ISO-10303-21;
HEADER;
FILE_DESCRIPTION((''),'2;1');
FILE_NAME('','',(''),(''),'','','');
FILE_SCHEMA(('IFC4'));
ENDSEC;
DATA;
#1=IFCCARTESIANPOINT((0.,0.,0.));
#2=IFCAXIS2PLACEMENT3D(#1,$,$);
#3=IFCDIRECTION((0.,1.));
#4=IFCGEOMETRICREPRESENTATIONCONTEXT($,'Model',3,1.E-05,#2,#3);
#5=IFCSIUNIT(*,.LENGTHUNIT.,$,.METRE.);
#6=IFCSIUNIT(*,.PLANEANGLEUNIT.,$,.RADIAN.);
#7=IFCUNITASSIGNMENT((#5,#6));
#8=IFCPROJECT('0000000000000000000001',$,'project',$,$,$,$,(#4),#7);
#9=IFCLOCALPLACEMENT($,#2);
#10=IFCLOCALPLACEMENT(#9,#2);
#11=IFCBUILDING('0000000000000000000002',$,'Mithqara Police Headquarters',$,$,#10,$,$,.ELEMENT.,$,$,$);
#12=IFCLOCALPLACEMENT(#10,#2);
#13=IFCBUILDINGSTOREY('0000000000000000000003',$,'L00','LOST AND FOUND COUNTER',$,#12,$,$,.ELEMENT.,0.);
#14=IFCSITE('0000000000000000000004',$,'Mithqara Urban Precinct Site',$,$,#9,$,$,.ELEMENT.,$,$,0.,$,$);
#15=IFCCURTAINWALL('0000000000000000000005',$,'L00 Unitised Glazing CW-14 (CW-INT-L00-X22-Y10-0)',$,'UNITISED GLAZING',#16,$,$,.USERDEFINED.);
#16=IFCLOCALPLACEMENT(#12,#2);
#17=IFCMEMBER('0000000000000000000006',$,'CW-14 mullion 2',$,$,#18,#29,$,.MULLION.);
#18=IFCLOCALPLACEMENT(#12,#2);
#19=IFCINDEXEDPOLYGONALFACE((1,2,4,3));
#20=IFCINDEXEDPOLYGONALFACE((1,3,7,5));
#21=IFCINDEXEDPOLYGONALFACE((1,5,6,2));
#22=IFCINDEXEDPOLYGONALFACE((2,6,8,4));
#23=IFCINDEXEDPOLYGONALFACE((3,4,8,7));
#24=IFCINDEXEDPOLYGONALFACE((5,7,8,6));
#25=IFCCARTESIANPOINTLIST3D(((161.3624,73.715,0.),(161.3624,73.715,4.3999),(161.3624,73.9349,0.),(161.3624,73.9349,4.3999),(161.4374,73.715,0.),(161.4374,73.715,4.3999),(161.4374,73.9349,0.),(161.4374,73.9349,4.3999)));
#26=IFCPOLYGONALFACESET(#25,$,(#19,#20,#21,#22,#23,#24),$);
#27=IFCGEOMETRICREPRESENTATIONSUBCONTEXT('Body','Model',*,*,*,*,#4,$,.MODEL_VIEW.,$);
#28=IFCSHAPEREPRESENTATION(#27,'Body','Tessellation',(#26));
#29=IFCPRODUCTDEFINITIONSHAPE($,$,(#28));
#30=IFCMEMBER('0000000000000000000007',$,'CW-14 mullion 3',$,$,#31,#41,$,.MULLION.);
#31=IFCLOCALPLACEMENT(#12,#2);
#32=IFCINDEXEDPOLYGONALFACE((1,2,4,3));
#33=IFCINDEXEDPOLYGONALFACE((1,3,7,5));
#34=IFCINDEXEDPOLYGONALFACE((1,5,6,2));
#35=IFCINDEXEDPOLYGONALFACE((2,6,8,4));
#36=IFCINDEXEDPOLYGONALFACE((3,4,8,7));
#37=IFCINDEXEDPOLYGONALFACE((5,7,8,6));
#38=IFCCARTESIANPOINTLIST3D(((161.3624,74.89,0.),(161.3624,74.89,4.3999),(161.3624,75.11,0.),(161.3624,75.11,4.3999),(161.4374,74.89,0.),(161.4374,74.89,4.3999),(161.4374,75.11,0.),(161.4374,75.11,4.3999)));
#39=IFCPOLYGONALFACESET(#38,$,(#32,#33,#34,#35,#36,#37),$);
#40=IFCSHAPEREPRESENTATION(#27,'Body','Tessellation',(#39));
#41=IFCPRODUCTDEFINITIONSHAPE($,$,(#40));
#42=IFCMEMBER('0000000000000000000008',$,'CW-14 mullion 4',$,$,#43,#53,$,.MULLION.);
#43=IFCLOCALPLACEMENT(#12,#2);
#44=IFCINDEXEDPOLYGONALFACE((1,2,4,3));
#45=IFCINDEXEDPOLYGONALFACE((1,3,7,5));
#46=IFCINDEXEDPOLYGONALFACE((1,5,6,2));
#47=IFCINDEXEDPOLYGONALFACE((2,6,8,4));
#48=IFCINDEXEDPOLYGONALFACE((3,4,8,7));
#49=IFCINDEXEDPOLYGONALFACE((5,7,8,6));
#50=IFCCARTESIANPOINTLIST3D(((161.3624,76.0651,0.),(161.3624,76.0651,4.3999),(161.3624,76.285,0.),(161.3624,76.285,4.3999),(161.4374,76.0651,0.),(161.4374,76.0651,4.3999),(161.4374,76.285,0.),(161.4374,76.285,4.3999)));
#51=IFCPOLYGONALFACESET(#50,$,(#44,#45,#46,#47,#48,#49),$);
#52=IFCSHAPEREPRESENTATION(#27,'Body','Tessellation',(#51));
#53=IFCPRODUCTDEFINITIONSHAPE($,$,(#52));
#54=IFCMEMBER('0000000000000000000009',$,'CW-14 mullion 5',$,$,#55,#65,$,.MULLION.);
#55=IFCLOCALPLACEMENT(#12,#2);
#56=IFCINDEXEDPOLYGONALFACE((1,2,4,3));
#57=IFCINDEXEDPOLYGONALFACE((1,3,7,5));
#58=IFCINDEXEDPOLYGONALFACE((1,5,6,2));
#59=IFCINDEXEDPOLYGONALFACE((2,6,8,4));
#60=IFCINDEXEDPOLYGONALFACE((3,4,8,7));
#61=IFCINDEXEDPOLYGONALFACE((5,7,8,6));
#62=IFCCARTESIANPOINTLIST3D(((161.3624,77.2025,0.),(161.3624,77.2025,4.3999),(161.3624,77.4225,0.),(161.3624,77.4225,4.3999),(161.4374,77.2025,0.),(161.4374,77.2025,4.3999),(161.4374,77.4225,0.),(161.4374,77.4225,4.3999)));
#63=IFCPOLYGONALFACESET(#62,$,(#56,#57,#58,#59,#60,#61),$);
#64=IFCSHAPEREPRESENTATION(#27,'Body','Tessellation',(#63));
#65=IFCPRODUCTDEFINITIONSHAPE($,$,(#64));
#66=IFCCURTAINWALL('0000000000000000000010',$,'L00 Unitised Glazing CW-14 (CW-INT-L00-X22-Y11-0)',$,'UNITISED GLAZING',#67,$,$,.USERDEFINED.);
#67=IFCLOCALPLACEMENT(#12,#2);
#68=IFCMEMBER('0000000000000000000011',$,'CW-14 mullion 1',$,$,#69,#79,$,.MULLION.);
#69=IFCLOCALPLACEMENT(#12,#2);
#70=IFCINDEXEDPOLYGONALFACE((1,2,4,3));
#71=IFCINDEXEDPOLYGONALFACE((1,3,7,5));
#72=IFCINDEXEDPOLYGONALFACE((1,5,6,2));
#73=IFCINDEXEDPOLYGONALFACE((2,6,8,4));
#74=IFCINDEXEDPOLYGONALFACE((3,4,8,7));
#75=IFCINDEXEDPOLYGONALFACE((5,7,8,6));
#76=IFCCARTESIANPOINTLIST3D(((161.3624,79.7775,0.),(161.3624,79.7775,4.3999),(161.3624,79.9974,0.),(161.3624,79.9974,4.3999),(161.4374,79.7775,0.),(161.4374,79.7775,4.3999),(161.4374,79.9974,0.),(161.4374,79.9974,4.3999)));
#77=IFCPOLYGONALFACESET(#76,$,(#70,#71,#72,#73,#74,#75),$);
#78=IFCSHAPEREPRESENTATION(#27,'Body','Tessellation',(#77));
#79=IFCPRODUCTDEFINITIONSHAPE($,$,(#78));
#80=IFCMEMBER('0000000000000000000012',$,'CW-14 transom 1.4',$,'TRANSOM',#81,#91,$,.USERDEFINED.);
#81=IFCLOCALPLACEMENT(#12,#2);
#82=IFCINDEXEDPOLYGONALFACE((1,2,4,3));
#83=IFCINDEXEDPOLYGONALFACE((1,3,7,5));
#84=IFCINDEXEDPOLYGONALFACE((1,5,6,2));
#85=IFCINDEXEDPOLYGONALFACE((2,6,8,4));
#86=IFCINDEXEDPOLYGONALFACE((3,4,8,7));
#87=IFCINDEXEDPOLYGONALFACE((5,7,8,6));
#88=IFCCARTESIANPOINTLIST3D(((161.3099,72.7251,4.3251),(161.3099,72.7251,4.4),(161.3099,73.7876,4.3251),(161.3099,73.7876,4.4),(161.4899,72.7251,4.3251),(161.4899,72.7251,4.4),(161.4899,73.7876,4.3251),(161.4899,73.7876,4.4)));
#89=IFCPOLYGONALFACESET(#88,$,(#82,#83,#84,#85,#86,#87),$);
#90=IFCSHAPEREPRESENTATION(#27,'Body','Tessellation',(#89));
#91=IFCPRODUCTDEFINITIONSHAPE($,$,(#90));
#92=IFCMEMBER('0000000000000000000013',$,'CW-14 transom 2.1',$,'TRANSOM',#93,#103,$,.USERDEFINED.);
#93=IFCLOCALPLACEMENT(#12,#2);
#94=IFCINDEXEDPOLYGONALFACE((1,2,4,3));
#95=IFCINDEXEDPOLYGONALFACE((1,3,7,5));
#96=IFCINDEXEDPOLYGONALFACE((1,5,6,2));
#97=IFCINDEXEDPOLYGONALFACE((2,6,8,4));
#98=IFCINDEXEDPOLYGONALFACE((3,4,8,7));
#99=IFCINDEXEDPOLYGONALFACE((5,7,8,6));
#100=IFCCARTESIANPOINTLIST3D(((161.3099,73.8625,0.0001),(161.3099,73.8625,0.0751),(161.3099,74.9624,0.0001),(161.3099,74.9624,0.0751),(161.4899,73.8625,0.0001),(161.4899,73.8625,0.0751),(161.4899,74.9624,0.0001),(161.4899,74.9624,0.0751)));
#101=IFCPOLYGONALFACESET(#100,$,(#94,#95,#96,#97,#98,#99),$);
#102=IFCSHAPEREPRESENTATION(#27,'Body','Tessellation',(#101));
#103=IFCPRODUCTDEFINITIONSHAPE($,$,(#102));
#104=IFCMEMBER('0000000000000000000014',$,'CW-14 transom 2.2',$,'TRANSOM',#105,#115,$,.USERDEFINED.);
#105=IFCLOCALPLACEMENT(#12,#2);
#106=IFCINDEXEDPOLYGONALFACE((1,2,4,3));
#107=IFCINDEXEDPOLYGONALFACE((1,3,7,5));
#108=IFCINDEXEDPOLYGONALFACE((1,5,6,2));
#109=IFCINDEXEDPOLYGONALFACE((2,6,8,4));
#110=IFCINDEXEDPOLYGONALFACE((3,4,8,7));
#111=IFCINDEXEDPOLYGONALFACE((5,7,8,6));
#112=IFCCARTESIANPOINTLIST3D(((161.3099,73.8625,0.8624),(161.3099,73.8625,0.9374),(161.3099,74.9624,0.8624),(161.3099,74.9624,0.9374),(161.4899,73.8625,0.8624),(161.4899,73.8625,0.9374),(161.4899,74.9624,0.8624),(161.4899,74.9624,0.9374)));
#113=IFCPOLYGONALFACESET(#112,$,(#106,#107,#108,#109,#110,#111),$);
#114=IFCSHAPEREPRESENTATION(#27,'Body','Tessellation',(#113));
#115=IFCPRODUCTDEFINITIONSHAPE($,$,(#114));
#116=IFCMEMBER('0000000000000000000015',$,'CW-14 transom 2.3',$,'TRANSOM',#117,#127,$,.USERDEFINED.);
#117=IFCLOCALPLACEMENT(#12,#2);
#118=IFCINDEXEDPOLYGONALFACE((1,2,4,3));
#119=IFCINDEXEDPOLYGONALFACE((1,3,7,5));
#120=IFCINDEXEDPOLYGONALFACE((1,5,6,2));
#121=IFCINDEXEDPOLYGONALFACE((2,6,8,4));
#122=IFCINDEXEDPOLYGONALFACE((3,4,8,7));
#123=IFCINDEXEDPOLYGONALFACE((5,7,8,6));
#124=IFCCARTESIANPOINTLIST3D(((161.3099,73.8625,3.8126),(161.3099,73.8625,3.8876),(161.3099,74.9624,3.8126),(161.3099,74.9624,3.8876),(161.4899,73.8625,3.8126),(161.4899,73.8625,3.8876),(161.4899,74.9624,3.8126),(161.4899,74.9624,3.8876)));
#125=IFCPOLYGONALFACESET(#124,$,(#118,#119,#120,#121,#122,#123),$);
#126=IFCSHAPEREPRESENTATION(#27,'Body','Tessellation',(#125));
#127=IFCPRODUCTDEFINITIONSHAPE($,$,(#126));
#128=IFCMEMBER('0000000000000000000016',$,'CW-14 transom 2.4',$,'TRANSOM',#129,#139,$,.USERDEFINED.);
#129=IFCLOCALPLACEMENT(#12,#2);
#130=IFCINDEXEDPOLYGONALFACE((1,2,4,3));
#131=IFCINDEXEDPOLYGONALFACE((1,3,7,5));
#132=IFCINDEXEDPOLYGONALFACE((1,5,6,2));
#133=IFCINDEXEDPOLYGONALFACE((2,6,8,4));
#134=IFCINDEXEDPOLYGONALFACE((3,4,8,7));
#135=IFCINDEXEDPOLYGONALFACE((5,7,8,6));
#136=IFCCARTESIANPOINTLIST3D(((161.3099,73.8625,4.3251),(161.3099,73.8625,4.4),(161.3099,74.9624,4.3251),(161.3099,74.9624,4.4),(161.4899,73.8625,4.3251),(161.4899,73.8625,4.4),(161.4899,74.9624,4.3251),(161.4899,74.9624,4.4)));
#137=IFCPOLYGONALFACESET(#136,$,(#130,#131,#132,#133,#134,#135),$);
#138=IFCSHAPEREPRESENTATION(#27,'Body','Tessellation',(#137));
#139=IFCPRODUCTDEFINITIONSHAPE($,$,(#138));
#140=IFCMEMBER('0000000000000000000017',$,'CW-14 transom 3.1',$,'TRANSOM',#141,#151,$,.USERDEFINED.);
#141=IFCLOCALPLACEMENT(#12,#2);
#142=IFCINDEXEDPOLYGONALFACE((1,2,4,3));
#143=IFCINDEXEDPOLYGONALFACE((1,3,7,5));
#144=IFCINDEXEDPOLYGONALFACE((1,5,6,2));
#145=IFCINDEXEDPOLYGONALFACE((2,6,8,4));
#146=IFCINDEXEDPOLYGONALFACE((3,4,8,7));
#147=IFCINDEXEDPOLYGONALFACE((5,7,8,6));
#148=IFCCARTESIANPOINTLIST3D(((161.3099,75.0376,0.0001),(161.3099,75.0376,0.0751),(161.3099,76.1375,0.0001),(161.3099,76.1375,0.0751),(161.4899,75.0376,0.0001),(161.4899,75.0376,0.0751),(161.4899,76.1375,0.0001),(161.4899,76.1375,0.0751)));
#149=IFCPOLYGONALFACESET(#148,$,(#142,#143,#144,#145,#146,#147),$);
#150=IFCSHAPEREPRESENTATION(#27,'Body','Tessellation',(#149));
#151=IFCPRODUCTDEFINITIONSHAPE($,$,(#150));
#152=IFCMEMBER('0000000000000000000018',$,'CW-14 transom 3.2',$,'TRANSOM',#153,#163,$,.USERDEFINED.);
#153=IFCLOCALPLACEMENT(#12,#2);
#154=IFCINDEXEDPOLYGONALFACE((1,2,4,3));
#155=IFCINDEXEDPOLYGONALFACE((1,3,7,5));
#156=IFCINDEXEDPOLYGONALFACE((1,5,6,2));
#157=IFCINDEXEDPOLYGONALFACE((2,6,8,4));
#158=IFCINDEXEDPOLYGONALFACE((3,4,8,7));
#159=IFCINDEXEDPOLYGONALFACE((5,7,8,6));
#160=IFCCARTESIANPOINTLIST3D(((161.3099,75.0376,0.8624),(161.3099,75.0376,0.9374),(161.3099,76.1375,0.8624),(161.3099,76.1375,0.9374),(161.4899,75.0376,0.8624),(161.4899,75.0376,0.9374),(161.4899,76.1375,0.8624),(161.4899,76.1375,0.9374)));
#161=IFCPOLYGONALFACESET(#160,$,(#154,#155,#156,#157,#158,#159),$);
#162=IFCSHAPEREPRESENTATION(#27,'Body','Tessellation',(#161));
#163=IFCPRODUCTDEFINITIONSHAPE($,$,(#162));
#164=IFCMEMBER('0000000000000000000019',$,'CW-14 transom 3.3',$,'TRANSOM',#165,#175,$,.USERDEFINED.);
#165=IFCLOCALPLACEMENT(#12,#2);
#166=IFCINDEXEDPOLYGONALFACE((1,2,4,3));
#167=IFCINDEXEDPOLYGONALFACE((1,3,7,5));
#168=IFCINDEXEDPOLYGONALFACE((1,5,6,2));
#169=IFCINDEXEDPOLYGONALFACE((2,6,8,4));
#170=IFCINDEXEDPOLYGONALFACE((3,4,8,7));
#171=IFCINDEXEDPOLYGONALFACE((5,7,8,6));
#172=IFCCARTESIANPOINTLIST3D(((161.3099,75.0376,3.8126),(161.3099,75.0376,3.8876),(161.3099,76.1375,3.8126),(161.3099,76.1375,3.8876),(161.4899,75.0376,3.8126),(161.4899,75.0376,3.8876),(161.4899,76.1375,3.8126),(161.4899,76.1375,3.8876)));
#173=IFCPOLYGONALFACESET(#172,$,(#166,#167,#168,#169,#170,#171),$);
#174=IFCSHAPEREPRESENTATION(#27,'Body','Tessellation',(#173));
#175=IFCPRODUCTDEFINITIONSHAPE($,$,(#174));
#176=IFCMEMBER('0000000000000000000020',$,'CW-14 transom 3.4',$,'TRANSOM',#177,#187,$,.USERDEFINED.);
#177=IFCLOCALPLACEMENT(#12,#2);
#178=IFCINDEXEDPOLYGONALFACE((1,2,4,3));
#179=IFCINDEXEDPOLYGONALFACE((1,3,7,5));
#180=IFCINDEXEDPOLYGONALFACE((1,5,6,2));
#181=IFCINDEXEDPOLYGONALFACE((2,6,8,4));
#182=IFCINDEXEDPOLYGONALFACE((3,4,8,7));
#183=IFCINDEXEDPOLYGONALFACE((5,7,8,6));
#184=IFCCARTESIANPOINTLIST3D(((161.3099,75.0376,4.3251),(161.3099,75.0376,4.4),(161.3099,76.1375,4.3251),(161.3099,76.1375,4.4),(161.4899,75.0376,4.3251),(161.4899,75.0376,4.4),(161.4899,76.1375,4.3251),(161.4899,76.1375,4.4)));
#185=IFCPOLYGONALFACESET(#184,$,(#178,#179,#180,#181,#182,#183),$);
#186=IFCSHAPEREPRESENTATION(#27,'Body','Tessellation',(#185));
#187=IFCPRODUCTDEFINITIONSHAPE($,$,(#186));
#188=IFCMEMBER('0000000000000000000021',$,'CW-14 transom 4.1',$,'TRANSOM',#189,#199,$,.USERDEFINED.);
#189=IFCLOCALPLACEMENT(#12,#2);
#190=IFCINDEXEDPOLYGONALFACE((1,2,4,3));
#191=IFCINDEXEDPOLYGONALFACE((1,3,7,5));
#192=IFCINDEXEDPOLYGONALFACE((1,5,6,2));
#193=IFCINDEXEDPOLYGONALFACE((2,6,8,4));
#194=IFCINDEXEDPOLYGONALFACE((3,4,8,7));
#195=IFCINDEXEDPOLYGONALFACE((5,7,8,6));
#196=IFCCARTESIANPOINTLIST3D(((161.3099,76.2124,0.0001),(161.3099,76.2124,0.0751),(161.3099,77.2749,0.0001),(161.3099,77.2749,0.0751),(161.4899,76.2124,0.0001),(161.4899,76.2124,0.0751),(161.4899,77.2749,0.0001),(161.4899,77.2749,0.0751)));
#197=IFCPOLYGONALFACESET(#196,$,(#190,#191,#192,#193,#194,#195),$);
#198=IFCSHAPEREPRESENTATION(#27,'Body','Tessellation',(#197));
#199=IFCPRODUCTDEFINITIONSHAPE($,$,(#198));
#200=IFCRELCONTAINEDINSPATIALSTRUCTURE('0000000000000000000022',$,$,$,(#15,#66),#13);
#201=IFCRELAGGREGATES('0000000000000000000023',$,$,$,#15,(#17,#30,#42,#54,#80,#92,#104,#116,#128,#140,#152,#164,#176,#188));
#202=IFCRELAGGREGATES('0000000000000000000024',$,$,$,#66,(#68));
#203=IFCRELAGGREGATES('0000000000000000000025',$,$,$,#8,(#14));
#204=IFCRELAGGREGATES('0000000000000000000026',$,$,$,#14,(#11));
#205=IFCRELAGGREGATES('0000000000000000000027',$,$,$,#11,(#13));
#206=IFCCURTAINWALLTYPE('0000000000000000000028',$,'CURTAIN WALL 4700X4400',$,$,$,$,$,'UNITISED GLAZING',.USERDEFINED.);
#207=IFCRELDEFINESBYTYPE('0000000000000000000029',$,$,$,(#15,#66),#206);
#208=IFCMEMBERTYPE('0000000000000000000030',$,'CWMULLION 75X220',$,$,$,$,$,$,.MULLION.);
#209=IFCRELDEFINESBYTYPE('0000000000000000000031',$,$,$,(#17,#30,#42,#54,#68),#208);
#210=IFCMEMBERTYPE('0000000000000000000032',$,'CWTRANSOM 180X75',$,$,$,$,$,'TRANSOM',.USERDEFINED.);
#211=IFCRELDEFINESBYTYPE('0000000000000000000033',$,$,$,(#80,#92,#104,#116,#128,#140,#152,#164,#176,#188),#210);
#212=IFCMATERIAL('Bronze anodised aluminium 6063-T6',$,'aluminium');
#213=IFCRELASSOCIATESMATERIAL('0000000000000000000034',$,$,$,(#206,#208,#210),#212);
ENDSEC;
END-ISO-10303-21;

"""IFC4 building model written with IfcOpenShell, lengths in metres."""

from ifc_helpers import new_model, si_unit, direction, frame, origin, origin_2d, place, context, subcontext, project, spatial, rectangle, extrude, material, material_profile, profile_set, type_object, element, aggregate, save


model = new_model("IFC4")

# Units and contexts
model_context = context("Model", 3, precision=1e-05, world=origin(), true_north=direction((0.0, 1.0)))
body_context = subcontext(model_context, "Body", "Model", "MODEL_VIEW")
ifc_project = project(units=[si_unit("LENGTHUNIT", "METRE"), si_unit("PLANEANGLEUNIT", "RADIAN")], contexts=[model_context])

# Site, building, storey
site_placement = place(None, origin())
site = spatial("IfcSite", under=ifc_project, at=site_placement, Name="Mithqara Urban Precinct Site", CompositionType="ELEMENT", RefElevation=0.0)
building_placement = place(site_placement, origin())
building = spatial("IfcBuilding", under=site, at=building_placement, Name="Mithqara Police Headquarters", CompositionType="ELEMENT")
storey_placement = place(building_placement, origin())
storey = spatial("IfcBuildingStorey", under=building, at=storey_placement, Name="L00", Description="LOST AND FOUND COUNTER", CompositionType="ELEMENT", Elevation=0.0)

# Curtain wall, members
ifc_material_1 = material(Name="Bronze anodised aluminium 6063-T6", Category="aluminium")
curtain_wall_type = type_object("IfcCurtainWallType", Name="CURTAIN WALL 4700X4400", ElementType="UNITISED GLAZING", PredefinedType="USERDEFINED", material=ifc_material_1)
curtain_wall_1_placement = place(storey_placement, origin())
curtain_wall_1 = element("IfcCurtainWall", 1, at=curtain_wall_1_placement, inside=storey, type_object=curtain_wall_type, Name="L00 Unitised Glazing CW-14 (CW-INT-L00-X22-Y10-0)", ObjectType="UNITISED GLAZING", PredefinedType="USERDEFINED")
ifc_material_profile_1 = material_profile(ifc_material_1, rectangle(XDim=0.075, YDim=0.22, at=origin_2d()), Name="CWM 75x220")
ifc_profile_set_1 = profile_set([ifc_material_profile_1], Name="Bronze anodised aluminium 6063-T6")
member_type_1 = type_object("IfcMemberType", Name="CWMULLION 75X220", PredefinedType="MULLION", material=ifc_profile_set_1)
member_1_placement = place(storey_placement, frame((161.3999, 73.825, 0.0), z_axis=(0.0, 0.0, 1.0), x_axis=(-1.0, 0.0, 0.0)))
member_1 = element("IfcMember", 2, at=member_1_placement, type_object=member_type_1, Name="CW-14 mullion 2", PredefinedType="MULLION", context=body_context, shape_type="SweptSolid", body=[
    extrude(rectangle(XDim=0.075, YDim=0.22, at=origin_2d()), origin(), (0.0, 0.0, 1.0), 4.3999),
])
member_2_placement = place(storey_placement, frame((161.3999, 75.0, 0.0), z_axis=(0.0, 0.0, 1.0), x_axis=(-1.0, 0.0, 0.0)))
member_2 = element("IfcMember", 3, at=member_2_placement, type_object=member_type_1, Name="CW-14 mullion 3", PredefinedType="MULLION", context=body_context, shape_type="SweptSolid", body=[
    extrude(rectangle(XDim=0.075, YDim=0.22, at=origin_2d()), origin(), (0.0, 0.0, 1.0), 4.3999),
])
member_3_placement = place(storey_placement, frame((161.3999, 76.175, 0.0), z_axis=(0.0, 0.0, 1.0), x_axis=(-1.0, 0.0, 0.0)))
member_3 = element("IfcMember", 4, at=member_3_placement, type_object=member_type_1, Name="CW-14 mullion 4", PredefinedType="MULLION", context=body_context, shape_type="SweptSolid", body=[
    extrude(rectangle(XDim=0.075, YDim=0.22, at=origin_2d()), origin(), (0.0, 0.0, 1.0), 4.3999),
])
member_4_placement = place(storey_placement, frame((161.3999, 77.3125, 0.0), z_axis=(0.0, 0.0, 1.0), x_axis=(-1.0, 0.0, 0.0)))
member_4 = element("IfcMember", 5, at=member_4_placement, type_object=member_type_1, Name="CW-14 mullion 5", PredefinedType="MULLION", context=body_context, shape_type="SweptSolid", body=[
    extrude(rectangle(XDim=0.075, YDim=0.22, at=origin_2d()), origin(), (0.0, 0.0, 1.0), 4.3999),
])

# Curtain wall, member
curtain_wall_2_placement = place(storey_placement, origin())
curtain_wall_2 = element("IfcCurtainWall", 6, at=curtain_wall_2_placement, inside=storey, type_object=curtain_wall_type, Name="L00 Unitised Glazing CW-14 (CW-INT-L00-X22-Y11-0)", ObjectType="UNITISED GLAZING", PredefinedType="USERDEFINED")
member_5_placement = place(storey_placement, frame((161.3999, 79.8875, 0.0), z_axis=(0.0, 0.0, 1.0), x_axis=(-1.0, 0.0, 0.0)))
member_5 = element("IfcMember", 7, at=member_5_placement, type_object=member_type_1, Name="CW-14 mullion 1", PredefinedType="MULLION", context=body_context, shape_type="SweptSolid", body=[
    extrude(rectangle(XDim=0.075, YDim=0.22, at=origin_2d()), origin(), (0.0, 0.0, 1.0), 4.3999),
])

# Members
ifc_material_profile_2 = material_profile(ifc_material_1, rectangle(XDim=0.1799, YDim=0.075, at=origin_2d()), Name="CWT 180x75")
ifc_profile_set_2 = profile_set([ifc_material_profile_2], Name="Bronze anodised aluminium 6063-T6")
member_type_2 = type_object("IfcMemberType", Name="CWTRANSOM 180X75", ElementType="TRANSOM", PredefinedType="USERDEFINED", material=ifc_profile_set_2)
member_6_placement = place(storey_placement, frame((161.3999, 72.7251, 4.3625), z_axis=(0.0, 1.0, 0.0), x_axis=(-1.0, 0.0, 0.0)))
member_6 = element("IfcMember", 8, at=member_6_placement, type_object=member_type_2, Name="CW-14 transom 1.4", ObjectType="TRANSOM", PredefinedType="USERDEFINED", context=body_context, shape_type="SweptSolid", body=[
    extrude(rectangle(XDim=0.1799, YDim=0.075, at=origin_2d()), origin(), (0.0, 0.0, 1.0), 1.0625),
])
member_7_placement = place(storey_placement, frame((161.3999, 73.8625, 0.0376), z_axis=(0.0, 1.0, 0.0), x_axis=(-1.0, 0.0, 0.0)))
member_7 = element("IfcMember", 9, at=member_7_placement, type_object=member_type_2, Name="CW-14 transom 2.1", ObjectType="TRANSOM", PredefinedType="USERDEFINED", context=body_context, shape_type="SweptSolid", body=[
    extrude(rectangle(XDim=0.1799, YDim=0.075, at=origin_2d()), origin(), (0.0, 0.0, 1.0), 1.0999),
])
member_8_placement = place(storey_placement, frame((161.3999, 73.8625, 0.8999), z_axis=(0.0, 1.0, 0.0), x_axis=(-1.0, 0.0, 0.0)))
member_8 = element("IfcMember", 10, at=member_8_placement, type_object=member_type_2, Name="CW-14 transom 2.2", ObjectType="TRANSOM", PredefinedType="USERDEFINED", context=body_context, shape_type="SweptSolid", body=[
    extrude(rectangle(XDim=0.1799, YDim=0.075, at=origin_2d()), origin(), (0.0, 0.0, 1.0), 1.0999),
])
member_9_placement = place(storey_placement, frame((161.3999, 73.8625, 3.8501), z_axis=(0.0, 1.0, 0.0), x_axis=(-1.0, 0.0, 0.0)))
member_9 = element("IfcMember", 11, at=member_9_placement, type_object=member_type_2, Name="CW-14 transom 2.3", ObjectType="TRANSOM", PredefinedType="USERDEFINED", context=body_context, shape_type="SweptSolid", body=[
    extrude(rectangle(XDim=0.1799, YDim=0.075, at=origin_2d()), origin(), (0.0, 0.0, 1.0), 1.0999),
])
member_10_placement = place(storey_placement, frame((161.3999, 73.8625, 4.3625), z_axis=(0.0, 1.0, 0.0), x_axis=(-1.0, 0.0, 0.0)))
member_10 = element("IfcMember", 12, at=member_10_placement, type_object=member_type_2, Name="CW-14 transom 2.4", ObjectType="TRANSOM", PredefinedType="USERDEFINED", context=body_context, shape_type="SweptSolid", body=[
    extrude(rectangle(XDim=0.1799, YDim=0.075, at=origin_2d()), origin(), (0.0, 0.0, 1.0), 1.0999),
])
member_11_placement = place(storey_placement, frame((161.3999, 75.0376, 0.0376), z_axis=(0.0, 1.0, 0.0), x_axis=(-1.0, 0.0, 0.0)))
member_11 = element("IfcMember", 13, at=member_11_placement, type_object=member_type_2, Name="CW-14 transom 3.1", ObjectType="TRANSOM", PredefinedType="USERDEFINED", context=body_context, shape_type="SweptSolid", body=[
    extrude(rectangle(XDim=0.1799, YDim=0.075, at=origin_2d()), origin(), (0.0, 0.0, 1.0), 1.0999),
])
member_12_placement = place(storey_placement, frame((161.3999, 75.0376, 0.8999), z_axis=(0.0, 1.0, 0.0), x_axis=(-1.0, 0.0, 0.0)))
member_12 = element("IfcMember", 14, at=member_12_placement, type_object=member_type_2, Name="CW-14 transom 3.2", ObjectType="TRANSOM", PredefinedType="USERDEFINED", context=body_context, shape_type="SweptSolid", body=[
    extrude(rectangle(XDim=0.1799, YDim=0.075, at=origin_2d()), origin(), (0.0, 0.0, 1.0), 1.0999),
])
member_13_placement = place(storey_placement, frame((161.3999, 75.0376, 3.8501), z_axis=(0.0, 1.0, 0.0), x_axis=(-1.0, 0.0, 0.0)))
member_13 = element("IfcMember", 15, at=member_13_placement, type_object=member_type_2, Name="CW-14 transom 3.3", ObjectType="TRANSOM", PredefinedType="USERDEFINED", context=body_context, shape_type="SweptSolid", body=[
    extrude(rectangle(XDim=0.1799, YDim=0.075, at=origin_2d()), origin(), (0.0, 0.0, 1.0), 1.0999),
])
member_14_placement = place(storey_placement, frame((161.3999, 75.0376, 4.3625), z_axis=(0.0, 1.0, 0.0), x_axis=(-1.0, 0.0, 0.0)))
member_14 = element("IfcMember", 16, at=member_14_placement, type_object=member_type_2, Name="CW-14 transom 3.4", ObjectType="TRANSOM", PredefinedType="USERDEFINED", context=body_context, shape_type="SweptSolid", body=[
    extrude(rectangle(XDim=0.1799, YDim=0.075, at=origin_2d()), origin(), (0.0, 0.0, 1.0), 1.0999),
])
member_15_placement = place(storey_placement, frame((161.3999, 76.2124, 0.0376), z_axis=(0.0, 1.0, 0.0), x_axis=(-1.0, 0.0, 0.0)))
member_15 = element("IfcMember", 17, at=member_15_placement, type_object=member_type_2, Name="CW-14 transom 4.1", ObjectType="TRANSOM", PredefinedType="USERDEFINED", context=body_context, shape_type="SweptSolid", body=[
    extrude(rectangle(XDim=0.1799, YDim=0.075, at=origin_2d()), origin(), (0.0, 0.0, 1.0), 1.0625),
])

aggregate(curtain_wall_1, [member_1, member_2, member_3, member_4, member_6, member_7, member_8, member_9, member_10, member_11, member_12, member_13, member_14, member_15])
aggregate(curtain_wall_2, [member_5])

save(model, "model.ifc")
